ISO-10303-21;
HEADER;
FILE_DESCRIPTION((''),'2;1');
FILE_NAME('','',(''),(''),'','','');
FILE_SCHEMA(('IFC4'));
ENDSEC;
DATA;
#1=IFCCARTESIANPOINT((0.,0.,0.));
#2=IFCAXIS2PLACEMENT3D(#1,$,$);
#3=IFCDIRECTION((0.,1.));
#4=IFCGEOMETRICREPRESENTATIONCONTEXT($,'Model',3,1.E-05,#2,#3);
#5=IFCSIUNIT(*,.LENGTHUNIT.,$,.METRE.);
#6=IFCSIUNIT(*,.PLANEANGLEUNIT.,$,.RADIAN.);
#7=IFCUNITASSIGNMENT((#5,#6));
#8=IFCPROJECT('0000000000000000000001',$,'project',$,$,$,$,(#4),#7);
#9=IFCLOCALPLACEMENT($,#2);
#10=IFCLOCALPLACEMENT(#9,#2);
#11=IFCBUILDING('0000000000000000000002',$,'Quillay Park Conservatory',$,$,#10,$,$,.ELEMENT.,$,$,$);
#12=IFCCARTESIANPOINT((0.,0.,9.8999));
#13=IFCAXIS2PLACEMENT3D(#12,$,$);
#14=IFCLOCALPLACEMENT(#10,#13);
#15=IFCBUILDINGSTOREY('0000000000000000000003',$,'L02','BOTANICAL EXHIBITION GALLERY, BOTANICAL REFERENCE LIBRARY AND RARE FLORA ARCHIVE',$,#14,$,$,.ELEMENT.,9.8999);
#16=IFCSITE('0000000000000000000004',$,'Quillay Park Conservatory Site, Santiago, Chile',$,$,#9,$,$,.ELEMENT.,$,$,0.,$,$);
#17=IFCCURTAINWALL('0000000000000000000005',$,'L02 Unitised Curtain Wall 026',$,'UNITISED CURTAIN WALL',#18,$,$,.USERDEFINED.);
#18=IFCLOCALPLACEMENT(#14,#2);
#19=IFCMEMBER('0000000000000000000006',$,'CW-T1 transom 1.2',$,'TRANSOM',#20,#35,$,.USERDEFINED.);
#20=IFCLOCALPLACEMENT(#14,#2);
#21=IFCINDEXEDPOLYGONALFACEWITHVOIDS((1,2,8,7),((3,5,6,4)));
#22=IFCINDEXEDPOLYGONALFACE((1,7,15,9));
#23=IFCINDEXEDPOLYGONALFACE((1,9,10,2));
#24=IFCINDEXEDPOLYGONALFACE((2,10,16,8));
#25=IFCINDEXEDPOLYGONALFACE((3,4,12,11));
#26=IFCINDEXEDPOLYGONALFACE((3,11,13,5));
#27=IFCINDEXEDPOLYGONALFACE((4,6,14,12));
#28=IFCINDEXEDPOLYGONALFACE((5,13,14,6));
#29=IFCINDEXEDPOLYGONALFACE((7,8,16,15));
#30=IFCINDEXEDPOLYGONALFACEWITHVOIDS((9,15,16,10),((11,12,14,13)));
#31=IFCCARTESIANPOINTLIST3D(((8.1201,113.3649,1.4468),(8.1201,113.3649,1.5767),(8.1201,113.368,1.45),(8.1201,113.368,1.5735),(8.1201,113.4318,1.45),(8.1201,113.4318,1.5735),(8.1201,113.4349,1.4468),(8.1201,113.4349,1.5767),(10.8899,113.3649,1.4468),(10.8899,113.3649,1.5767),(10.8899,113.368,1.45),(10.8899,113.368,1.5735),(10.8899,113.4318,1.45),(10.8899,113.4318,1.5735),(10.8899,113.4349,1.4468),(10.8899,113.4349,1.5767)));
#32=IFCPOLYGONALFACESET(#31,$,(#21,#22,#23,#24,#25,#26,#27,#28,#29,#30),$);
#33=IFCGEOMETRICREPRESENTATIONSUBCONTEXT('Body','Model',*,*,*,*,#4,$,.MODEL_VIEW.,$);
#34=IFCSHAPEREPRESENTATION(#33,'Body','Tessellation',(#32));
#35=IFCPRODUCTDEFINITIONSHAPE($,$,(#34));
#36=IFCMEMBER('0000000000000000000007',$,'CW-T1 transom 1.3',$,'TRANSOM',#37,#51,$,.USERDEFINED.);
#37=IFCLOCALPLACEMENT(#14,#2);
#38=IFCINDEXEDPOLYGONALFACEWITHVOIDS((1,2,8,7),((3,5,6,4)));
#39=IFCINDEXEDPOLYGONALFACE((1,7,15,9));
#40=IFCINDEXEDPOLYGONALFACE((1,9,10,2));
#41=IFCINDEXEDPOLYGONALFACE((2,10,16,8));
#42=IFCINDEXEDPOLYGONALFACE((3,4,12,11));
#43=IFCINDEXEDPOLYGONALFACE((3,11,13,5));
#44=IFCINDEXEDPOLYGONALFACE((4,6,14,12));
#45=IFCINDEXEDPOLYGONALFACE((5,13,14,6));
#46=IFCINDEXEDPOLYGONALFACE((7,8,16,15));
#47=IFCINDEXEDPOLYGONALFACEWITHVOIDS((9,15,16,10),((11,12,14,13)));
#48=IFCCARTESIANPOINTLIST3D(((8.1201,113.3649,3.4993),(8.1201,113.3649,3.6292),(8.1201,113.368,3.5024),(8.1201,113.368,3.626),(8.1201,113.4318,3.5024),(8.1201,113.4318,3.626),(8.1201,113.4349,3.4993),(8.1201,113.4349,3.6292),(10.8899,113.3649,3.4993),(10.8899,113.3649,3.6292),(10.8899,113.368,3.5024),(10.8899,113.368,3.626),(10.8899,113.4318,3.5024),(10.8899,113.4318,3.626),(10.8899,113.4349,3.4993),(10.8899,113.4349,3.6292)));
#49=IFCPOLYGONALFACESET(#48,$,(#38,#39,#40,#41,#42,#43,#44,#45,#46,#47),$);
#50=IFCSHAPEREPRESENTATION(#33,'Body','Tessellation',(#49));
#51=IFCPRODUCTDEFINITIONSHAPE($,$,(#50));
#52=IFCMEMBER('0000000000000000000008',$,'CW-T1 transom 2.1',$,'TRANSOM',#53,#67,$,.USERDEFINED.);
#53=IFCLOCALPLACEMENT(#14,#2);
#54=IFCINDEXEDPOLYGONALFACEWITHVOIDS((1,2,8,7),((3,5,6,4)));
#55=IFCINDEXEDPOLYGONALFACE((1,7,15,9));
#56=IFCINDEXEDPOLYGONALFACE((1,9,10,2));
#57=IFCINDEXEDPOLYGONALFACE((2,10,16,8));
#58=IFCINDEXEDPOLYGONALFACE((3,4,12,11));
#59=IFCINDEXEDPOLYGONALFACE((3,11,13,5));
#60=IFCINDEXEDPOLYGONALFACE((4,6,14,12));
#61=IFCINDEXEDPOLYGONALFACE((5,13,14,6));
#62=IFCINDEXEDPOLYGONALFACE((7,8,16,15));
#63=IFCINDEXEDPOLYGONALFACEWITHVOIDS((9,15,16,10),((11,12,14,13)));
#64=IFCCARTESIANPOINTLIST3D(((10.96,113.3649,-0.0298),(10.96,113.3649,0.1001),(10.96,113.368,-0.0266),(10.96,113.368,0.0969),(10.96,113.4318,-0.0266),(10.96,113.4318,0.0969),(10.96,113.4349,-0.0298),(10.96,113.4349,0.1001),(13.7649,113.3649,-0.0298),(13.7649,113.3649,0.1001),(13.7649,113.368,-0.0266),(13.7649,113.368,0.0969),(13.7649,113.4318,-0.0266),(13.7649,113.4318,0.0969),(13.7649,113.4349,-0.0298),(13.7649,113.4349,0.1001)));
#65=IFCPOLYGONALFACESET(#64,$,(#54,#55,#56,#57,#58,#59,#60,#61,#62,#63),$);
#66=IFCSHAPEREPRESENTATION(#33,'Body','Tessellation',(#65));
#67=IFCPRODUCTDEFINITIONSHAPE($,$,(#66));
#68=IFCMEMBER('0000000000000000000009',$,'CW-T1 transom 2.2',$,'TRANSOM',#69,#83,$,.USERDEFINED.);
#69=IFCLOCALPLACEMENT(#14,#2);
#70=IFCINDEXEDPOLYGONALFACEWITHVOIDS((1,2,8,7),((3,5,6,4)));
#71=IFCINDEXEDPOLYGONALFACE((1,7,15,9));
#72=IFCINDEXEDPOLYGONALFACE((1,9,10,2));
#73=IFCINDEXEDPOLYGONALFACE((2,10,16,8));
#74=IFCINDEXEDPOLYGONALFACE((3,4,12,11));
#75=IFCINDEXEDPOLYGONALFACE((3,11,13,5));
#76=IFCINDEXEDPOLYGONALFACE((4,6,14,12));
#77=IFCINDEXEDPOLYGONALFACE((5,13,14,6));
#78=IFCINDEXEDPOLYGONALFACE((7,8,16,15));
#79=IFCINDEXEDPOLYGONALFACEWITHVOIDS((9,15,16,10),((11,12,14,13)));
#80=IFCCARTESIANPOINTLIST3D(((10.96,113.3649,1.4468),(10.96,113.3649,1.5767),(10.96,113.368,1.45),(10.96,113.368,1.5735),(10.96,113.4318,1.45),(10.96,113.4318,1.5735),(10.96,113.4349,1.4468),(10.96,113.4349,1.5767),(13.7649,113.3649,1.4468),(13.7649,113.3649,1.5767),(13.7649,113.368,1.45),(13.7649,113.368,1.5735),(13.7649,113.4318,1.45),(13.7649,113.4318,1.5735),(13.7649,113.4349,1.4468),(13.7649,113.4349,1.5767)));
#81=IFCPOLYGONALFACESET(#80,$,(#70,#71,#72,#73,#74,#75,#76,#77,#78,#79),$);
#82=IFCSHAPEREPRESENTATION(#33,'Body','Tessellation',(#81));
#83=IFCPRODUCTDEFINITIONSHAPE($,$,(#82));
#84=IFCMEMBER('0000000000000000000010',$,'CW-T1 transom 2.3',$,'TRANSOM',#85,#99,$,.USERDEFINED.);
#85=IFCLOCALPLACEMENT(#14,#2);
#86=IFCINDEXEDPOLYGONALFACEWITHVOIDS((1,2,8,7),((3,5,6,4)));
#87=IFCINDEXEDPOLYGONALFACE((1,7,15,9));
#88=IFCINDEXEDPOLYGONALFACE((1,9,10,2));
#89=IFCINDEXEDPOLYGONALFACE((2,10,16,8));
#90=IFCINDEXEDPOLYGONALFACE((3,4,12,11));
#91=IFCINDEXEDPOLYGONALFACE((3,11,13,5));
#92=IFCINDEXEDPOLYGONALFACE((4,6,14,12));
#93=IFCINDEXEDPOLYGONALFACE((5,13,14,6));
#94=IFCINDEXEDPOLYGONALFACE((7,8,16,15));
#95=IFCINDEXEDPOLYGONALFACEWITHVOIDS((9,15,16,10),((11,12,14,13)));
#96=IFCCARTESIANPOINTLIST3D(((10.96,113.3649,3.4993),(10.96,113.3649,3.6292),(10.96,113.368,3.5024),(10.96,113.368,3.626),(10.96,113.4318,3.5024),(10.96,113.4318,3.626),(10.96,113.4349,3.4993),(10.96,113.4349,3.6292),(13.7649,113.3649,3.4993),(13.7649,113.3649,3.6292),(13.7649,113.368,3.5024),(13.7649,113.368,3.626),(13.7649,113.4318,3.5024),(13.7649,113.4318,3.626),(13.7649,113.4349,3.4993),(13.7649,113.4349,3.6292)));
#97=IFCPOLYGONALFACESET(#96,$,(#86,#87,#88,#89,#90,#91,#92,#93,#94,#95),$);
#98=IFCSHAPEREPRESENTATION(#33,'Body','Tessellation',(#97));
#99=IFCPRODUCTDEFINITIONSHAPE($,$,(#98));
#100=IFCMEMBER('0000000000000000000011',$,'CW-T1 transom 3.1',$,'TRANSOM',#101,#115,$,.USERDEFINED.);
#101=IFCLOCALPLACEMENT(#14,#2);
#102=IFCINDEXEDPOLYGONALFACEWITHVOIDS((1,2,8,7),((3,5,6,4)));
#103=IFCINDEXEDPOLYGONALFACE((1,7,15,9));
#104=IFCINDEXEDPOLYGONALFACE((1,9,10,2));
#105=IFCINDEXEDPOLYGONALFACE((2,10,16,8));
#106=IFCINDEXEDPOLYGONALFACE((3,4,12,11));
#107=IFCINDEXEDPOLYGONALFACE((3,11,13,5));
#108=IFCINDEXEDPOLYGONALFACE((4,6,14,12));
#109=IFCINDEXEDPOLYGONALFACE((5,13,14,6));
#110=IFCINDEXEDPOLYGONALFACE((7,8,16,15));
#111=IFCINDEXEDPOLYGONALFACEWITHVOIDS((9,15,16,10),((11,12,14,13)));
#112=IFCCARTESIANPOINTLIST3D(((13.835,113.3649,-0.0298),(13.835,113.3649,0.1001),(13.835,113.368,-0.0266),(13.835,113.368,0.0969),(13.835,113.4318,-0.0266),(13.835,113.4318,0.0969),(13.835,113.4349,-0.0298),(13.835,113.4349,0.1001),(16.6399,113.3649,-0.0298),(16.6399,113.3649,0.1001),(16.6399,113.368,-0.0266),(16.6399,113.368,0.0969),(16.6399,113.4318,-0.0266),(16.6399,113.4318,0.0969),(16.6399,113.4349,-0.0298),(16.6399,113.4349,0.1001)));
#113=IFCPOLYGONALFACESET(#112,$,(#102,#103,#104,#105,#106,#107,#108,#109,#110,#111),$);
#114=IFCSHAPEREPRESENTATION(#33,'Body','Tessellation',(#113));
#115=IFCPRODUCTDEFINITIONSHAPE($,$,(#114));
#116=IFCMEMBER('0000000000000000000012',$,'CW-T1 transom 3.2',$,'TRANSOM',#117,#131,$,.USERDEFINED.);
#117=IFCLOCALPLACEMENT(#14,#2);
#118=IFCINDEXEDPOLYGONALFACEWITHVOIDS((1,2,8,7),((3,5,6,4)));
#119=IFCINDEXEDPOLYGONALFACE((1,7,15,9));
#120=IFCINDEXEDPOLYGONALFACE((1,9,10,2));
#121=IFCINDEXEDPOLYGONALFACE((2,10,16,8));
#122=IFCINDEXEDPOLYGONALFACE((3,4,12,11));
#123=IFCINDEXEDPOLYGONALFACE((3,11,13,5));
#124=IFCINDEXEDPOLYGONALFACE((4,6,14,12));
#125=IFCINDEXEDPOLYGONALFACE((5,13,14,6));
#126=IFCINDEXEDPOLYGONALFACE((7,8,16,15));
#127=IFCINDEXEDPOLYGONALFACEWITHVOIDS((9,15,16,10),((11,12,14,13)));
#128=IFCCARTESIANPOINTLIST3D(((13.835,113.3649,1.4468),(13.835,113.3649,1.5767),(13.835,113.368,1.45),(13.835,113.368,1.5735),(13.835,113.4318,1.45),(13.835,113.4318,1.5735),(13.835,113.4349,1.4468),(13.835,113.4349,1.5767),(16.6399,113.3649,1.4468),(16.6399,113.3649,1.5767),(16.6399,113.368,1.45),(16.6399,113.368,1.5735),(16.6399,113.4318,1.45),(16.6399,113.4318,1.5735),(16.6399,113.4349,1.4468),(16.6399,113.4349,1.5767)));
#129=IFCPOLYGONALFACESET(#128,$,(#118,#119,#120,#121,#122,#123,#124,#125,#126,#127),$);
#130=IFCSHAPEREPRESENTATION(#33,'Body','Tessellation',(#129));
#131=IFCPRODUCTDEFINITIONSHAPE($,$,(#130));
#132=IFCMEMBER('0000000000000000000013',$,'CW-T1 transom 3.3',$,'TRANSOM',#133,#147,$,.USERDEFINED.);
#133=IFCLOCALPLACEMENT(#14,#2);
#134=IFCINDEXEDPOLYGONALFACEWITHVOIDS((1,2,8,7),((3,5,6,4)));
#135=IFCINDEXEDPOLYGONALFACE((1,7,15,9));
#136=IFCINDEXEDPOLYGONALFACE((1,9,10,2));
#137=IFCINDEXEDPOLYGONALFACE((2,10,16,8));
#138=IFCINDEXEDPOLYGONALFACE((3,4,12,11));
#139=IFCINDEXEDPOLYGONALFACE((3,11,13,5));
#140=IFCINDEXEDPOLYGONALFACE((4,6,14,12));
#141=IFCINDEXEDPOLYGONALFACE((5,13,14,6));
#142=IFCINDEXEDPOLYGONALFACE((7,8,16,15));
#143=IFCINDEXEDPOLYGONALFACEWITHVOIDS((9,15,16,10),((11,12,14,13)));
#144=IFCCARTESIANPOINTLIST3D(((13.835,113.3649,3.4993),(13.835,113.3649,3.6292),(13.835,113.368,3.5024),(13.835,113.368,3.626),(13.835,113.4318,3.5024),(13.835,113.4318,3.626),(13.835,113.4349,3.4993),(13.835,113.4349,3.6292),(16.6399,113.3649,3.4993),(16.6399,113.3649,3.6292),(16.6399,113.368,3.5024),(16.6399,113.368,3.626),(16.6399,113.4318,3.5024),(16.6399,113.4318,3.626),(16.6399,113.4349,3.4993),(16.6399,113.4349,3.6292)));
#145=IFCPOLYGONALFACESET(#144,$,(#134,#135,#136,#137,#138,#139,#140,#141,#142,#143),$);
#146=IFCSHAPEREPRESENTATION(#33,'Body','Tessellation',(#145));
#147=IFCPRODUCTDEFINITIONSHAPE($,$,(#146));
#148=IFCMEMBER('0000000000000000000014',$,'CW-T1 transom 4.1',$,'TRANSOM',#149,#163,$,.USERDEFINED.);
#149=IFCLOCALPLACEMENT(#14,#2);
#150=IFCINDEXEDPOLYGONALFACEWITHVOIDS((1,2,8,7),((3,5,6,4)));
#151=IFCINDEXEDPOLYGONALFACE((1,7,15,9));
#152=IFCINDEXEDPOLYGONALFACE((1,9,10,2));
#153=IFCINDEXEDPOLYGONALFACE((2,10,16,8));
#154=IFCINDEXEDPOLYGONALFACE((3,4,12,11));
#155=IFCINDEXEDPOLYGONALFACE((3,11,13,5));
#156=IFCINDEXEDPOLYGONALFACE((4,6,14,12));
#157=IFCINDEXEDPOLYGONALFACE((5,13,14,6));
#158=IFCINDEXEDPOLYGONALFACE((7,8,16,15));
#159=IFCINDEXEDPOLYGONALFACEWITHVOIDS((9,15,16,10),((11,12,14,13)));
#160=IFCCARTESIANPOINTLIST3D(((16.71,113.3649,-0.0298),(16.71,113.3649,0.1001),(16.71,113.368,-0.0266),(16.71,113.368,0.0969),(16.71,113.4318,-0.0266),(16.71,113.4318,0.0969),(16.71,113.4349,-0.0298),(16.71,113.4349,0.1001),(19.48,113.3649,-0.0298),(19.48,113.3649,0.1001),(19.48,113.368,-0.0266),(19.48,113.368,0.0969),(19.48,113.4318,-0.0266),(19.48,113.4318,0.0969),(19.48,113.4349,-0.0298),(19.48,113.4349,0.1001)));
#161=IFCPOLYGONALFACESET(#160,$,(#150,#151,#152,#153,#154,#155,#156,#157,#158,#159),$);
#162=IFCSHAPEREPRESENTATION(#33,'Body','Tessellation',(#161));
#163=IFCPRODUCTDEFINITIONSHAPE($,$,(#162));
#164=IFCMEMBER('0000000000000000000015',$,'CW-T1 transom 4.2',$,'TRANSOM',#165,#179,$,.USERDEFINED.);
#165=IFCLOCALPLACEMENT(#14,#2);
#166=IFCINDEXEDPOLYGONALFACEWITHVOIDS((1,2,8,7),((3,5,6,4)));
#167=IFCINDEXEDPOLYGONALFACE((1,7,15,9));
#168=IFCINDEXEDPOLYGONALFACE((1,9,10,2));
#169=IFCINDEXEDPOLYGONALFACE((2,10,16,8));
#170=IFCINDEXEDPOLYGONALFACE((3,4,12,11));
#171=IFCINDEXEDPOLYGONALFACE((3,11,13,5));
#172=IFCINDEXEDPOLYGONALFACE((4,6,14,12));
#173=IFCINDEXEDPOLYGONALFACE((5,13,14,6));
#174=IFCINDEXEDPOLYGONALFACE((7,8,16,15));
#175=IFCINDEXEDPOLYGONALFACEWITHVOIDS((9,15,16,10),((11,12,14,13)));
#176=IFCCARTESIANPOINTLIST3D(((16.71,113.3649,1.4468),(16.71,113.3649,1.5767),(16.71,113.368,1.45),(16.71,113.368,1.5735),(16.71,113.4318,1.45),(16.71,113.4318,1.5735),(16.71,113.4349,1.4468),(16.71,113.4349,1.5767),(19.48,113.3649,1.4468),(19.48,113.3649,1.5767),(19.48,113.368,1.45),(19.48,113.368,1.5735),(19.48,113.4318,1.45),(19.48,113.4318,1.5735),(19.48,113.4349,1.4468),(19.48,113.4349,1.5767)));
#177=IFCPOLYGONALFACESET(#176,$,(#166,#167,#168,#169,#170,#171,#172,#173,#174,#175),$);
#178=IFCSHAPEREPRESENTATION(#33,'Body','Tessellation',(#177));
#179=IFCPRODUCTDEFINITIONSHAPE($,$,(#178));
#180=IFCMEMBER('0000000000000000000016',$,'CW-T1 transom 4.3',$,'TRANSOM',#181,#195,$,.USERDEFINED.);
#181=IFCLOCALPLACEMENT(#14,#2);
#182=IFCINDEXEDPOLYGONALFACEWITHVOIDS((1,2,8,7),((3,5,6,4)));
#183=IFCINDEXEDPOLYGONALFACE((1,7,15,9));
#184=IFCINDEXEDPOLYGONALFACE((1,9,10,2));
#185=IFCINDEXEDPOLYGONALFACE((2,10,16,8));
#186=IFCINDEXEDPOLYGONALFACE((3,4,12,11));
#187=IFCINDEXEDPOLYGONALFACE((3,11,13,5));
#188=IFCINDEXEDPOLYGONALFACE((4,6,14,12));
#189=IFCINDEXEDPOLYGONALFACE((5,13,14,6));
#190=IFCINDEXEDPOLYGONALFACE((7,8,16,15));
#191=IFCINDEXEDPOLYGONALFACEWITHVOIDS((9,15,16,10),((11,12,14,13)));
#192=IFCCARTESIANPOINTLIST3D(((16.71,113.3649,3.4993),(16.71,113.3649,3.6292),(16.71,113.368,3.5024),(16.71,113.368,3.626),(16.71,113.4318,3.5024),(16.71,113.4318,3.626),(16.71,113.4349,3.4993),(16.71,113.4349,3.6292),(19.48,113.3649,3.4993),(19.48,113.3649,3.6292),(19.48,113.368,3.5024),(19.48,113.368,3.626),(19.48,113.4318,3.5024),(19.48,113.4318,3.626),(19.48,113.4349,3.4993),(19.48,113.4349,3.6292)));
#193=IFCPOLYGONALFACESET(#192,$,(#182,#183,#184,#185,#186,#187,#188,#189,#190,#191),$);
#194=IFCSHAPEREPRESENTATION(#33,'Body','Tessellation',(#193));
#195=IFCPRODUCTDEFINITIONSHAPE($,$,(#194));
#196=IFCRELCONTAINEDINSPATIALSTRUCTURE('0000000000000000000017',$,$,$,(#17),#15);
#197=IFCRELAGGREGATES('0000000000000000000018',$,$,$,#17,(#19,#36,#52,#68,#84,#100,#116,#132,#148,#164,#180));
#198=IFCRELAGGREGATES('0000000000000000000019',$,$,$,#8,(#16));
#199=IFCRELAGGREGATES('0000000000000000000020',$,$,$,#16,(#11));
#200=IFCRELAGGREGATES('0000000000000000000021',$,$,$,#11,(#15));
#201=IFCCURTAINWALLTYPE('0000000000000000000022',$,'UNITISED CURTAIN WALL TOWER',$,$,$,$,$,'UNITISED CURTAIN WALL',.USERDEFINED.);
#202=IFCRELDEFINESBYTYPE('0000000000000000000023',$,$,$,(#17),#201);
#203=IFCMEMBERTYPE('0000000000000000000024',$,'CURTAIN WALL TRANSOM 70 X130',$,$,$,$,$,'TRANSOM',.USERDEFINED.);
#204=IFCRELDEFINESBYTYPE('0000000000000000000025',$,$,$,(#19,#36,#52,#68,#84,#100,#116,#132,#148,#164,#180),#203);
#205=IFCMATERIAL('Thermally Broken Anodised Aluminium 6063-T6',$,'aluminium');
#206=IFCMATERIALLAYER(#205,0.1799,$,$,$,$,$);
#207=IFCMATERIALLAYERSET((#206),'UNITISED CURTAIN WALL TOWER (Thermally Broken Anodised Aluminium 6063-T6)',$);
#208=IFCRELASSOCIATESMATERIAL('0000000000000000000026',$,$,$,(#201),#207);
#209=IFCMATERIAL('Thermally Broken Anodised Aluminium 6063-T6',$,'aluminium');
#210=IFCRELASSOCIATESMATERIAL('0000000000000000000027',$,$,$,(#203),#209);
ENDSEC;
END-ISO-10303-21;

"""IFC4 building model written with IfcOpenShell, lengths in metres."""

from ifc_helpers import new_model, si_unit, direction, frame, origin, origin_2d, place, context, subcontext, project, spatial, hollow_rectangle, extrude, material, layer, layer_set, material_profile, profile_set, type_object, element, aggregate, save


model = new_model("IFC4")

# Units and contexts
model_context = context("Model", 3, precision=1e-05, world=origin(), true_north=direction((0.0, 1.0)))
body_context = subcontext(model_context, "Body", "Model", "MODEL_VIEW")
ifc_project = project(units=[si_unit("LENGTHUNIT", "METRE"), si_unit("PLANEANGLEUNIT", "RADIAN")], contexts=[model_context])

# Site, building, storey
site_placement = place(None, origin())
site = spatial("IfcSite", under=ifc_project, at=site_placement, Name="Quillay Park Conservatory Site, Santiago, Chile", CompositionType="ELEMENT", RefElevation=0.0)
building_placement = place(site_placement, origin())
building = spatial("IfcBuilding", under=site, at=building_placement, Name="Quillay Park Conservatory", CompositionType="ELEMENT")
storey_placement = place(building_placement, frame((0.0, 0.0, 9.8999)))
storey = spatial("IfcBuildingStorey", under=building, at=storey_placement, Name="L02", Description="BOTANICAL EXHIBITION GALLERY, BOTANICAL REFERENCE LIBRARY AND RARE FLORA ARCHIVE", CompositionType="ELEMENT", Elevation=9.8999)

# Curtain wall
ifc_material_1 = material(Name="Thermally Broken Anodised Aluminium 6063-T6", Category="aluminium")
ifc_layer_1 = layer(ifc_material_1, 0.1799)
ifc_layer_set_1 = layer_set([ifc_layer_1], Name="UNITISED CURTAIN WALL TOWER (Thermally Broken Anodised Aluminium 6063-T6)")
curtain_wall_type = type_object("IfcCurtainWallType", Name="UNITISED CURTAIN WALL TOWER", ElementType="UNITISED CURTAIN WALL", PredefinedType="USERDEFINED", material=ifc_layer_set_1)
curtain_wall_1_placement = place(storey_placement, origin())
curtain_wall_1 = element("IfcCurtainWall", 1, at=curtain_wall_1_placement, inside=storey, type_object=curtain_wall_type, Name="L02 Unitised Curtain Wall 026", ObjectType="UNITISED CURTAIN WALL", PredefinedType="USERDEFINED")

# Members
ifc_material_2 = material(Name="Thermally Broken Anodised Aluminium 6063-T6", Category="aluminium")
ifc_material_profile_1 = material_profile(ifc_material_2, hollow_rectangle(XDim=0.0701, YDim=0.1299, WallThickness=0.0032, at=origin_2d()), Name="AL70x130x3.2")
ifc_profile_set_1 = profile_set([ifc_material_profile_1], Name="Thermally Broken Anodised Aluminium 6063-T6")
member_type_1 = type_object("IfcMemberType", Name="CURTAIN WALL TRANSOM 70 X130", ElementType="TRANSOM", PredefinedType="USERDEFINED", material=ifc_profile_set_1)
member_1_placement = place(storey_placement, frame((8.1201, 113.3999, 1.5117), z_axis=(1.0, 0.0, 0.0), x_axis=(0.0, 1.0, 0.0)))
member_1 = element("IfcMember", 2, at=member_1_placement, type_object=member_type_1, Name="CW-T1 transom 1.2", ObjectType="TRANSOM", PredefinedType="USERDEFINED", context=body_context, shape_type="SweptSolid", body=[
    extrude(hollow_rectangle(XDim=0.0701, YDim=0.1299, WallThickness=0.0032, at=origin_2d()), origin(), (0.0, 0.0, 1.0), 2.7698),
])
member_2_placement = place(storey_placement, frame((8.1201, 113.3999, 3.5642), z_axis=(1.0, 0.0, 0.0), x_axis=(0.0, 1.0, 0.0)))
member_2 = element("IfcMember", 3, at=member_2_placement, type_object=member_type_1, Name="CW-T1 transom 1.3", ObjectType="TRANSOM", PredefinedType="USERDEFINED", context=body_context, shape_type="SweptSolid", body=[
    extrude(hollow_rectangle(XDim=0.0701, YDim=0.1299, WallThickness=0.0032, at=origin_2d()), origin(), (0.0, 0.0, 1.0), 2.7698),
])
member_3_placement = place(storey_placement, frame((10.96, 113.3999, 0.0352), z_axis=(1.0, 0.0, 0.0), x_axis=(0.0, 1.0, 0.0)))
member_3 = element("IfcMember", 4, at=member_3_placement, type_object=member_type_1, Name="CW-T1 transom 2.1", ObjectType="TRANSOM", PredefinedType="USERDEFINED", context=body_context, shape_type="SweptSolid", body=[
    extrude(hollow_rectangle(XDim=0.0701, YDim=0.1299, WallThickness=0.0032, at=origin_2d()), origin(), (0.0, 0.0, 1.0), 2.8049),
])
member_4_placement = place(storey_placement, frame((10.96, 113.3999, 1.5117), z_axis=(1.0, 0.0, 0.0), x_axis=(0.0, 1.0, 0.0)))
member_4 = element("IfcMember", 5, at=member_4_placement, type_object=member_type_1, Name="CW-T1 transom 2.2", ObjectType="TRANSOM", PredefinedType="USERDEFINED", context=body_context, shape_type="SweptSolid", body=[
    extrude(hollow_rectangle(XDim=0.0701, YDim=0.1299, WallThickness=0.0032, at=origin_2d()), origin(), (0.0, 0.0, 1.0), 2.8049),
])
member_5_placement = place(storey_placement, frame((10.96, 113.3999, 3.5642), z_axis=(1.0, 0.0, 0.0), x_axis=(0.0, 1.0, 0.0)))
member_5 = element("IfcMember", 6, at=member_5_placement, type_object=member_type_1, Name="CW-T1 transom 2.3", ObjectType="TRANSOM", PredefinedType="USERDEFINED", context=body_context, shape_type="SweptSolid", body=[
    extrude(hollow_rectangle(XDim=0.0701, YDim=0.1299, WallThickness=0.0032, at=origin_2d()), origin(), (0.0, 0.0, 1.0), 2.8049),
])
member_6_placement = place(storey_placement, frame((13.835, 113.3999, 0.0352), z_axis=(1.0, 0.0, 0.0), x_axis=(0.0, 1.0, 0.0)))
member_6 = element("IfcMember", 7, at=member_6_placement, type_object=member_type_1, Name="CW-T1 transom 3.1", ObjectType="TRANSOM", PredefinedType="USERDEFINED", context=body_context, shape_type="SweptSolid", body=[
    extrude(hollow_rectangle(XDim=0.0701, YDim=0.1299, WallThickness=0.0032, at=origin_2d()), origin(), (0.0, 0.0, 1.0), 2.8049),
])
member_7_placement = place(storey_placement, frame((13.835, 113.3999, 1.5117), z_axis=(1.0, 0.0, 0.0), x_axis=(0.0, 1.0, 0.0)))
member_7 = element("IfcMember", 8, at=member_7_placement, type_object=member_type_1, Name="CW-T1 transom 3.2", ObjectType="TRANSOM", PredefinedType="USERDEFINED", context=body_context, shape_type="SweptSolid", body=[
    extrude(hollow_rectangle(XDim=0.0701, YDim=0.1299, WallThickness=0.0032, at=origin_2d()), origin(), (0.0, 0.0, 1.0), 2.8049),
])
member_8_placement = place(storey_placement, frame((13.835, 113.3999, 3.5642), z_axis=(1.0, 0.0, 0.0), x_axis=(0.0, 1.0, 0.0)))
member_8 = element("IfcMember", 9, at=member_8_placement, type_object=member_type_1, Name="CW-T1 transom 3.3", ObjectType="TRANSOM", PredefinedType="USERDEFINED", context=body_context, shape_type="SweptSolid", body=[
    extrude(hollow_rectangle(XDim=0.0701, YDim=0.1299, WallThickness=0.0032, at=origin_2d()), origin(), (0.0, 0.0, 1.0), 2.8049),
])
member_9_placement = place(storey_placement, frame((16.71, 113.3999, 0.0352), z_axis=(1.0, 0.0, 0.0), x_axis=(0.0, 1.0, 0.0)))
member_9 = element("IfcMember", 10, at=member_9_placement, type_object=member_type_1, Name="CW-T1 transom 4.1", ObjectType="TRANSOM", PredefinedType="USERDEFINED", context=body_context, shape_type="SweptSolid", body=[
    extrude(hollow_rectangle(XDim=0.0701, YDim=0.1299, WallThickness=0.0032, at=origin_2d()), origin(), (0.0, 0.0, 1.0), 2.77),
])
member_10_placement = place(storey_placement, frame((16.71, 113.3999, 1.5117), z_axis=(1.0, 0.0, 0.0), x_axis=(0.0, 1.0, 0.0)))
member_10 = element("IfcMember", 11, at=member_10_placement, type_object=member_type_1, Name="CW-T1 transom 4.2", ObjectType="TRANSOM", PredefinedType="USERDEFINED", context=body_context, shape_type="SweptSolid", body=[
    extrude(hollow_rectangle(XDim=0.0701, YDim=0.1299, WallThickness=0.0032, at=origin_2d()), origin(), (0.0, 0.0, 1.0), 2.77),
])
member_11_placement = place(storey_placement, frame((16.71, 113.3999, 3.5642), z_axis=(1.0, 0.0, 0.0), x_axis=(0.0, 1.0, 0.0)))
member_11 = element("IfcMember", 12, at=member_11_placement, type_object=member_type_1, Name="CW-T1 transom 4.3", ObjectType="TRANSOM", PredefinedType="USERDEFINED", context=body_context, shape_type="SweptSolid", body=[
    extrude(hollow_rectangle(XDim=0.0701, YDim=0.1299, WallThickness=0.0032, at=origin_2d()), origin(), (0.0, 0.0, 1.0), 2.77),
])

aggregate(curtain_wall_1, [member_1, member_2, member_3, member_4, member_5, member_6, member_7, member_8, member_9, member_10, member_11])

save(model, "model.ifc")
